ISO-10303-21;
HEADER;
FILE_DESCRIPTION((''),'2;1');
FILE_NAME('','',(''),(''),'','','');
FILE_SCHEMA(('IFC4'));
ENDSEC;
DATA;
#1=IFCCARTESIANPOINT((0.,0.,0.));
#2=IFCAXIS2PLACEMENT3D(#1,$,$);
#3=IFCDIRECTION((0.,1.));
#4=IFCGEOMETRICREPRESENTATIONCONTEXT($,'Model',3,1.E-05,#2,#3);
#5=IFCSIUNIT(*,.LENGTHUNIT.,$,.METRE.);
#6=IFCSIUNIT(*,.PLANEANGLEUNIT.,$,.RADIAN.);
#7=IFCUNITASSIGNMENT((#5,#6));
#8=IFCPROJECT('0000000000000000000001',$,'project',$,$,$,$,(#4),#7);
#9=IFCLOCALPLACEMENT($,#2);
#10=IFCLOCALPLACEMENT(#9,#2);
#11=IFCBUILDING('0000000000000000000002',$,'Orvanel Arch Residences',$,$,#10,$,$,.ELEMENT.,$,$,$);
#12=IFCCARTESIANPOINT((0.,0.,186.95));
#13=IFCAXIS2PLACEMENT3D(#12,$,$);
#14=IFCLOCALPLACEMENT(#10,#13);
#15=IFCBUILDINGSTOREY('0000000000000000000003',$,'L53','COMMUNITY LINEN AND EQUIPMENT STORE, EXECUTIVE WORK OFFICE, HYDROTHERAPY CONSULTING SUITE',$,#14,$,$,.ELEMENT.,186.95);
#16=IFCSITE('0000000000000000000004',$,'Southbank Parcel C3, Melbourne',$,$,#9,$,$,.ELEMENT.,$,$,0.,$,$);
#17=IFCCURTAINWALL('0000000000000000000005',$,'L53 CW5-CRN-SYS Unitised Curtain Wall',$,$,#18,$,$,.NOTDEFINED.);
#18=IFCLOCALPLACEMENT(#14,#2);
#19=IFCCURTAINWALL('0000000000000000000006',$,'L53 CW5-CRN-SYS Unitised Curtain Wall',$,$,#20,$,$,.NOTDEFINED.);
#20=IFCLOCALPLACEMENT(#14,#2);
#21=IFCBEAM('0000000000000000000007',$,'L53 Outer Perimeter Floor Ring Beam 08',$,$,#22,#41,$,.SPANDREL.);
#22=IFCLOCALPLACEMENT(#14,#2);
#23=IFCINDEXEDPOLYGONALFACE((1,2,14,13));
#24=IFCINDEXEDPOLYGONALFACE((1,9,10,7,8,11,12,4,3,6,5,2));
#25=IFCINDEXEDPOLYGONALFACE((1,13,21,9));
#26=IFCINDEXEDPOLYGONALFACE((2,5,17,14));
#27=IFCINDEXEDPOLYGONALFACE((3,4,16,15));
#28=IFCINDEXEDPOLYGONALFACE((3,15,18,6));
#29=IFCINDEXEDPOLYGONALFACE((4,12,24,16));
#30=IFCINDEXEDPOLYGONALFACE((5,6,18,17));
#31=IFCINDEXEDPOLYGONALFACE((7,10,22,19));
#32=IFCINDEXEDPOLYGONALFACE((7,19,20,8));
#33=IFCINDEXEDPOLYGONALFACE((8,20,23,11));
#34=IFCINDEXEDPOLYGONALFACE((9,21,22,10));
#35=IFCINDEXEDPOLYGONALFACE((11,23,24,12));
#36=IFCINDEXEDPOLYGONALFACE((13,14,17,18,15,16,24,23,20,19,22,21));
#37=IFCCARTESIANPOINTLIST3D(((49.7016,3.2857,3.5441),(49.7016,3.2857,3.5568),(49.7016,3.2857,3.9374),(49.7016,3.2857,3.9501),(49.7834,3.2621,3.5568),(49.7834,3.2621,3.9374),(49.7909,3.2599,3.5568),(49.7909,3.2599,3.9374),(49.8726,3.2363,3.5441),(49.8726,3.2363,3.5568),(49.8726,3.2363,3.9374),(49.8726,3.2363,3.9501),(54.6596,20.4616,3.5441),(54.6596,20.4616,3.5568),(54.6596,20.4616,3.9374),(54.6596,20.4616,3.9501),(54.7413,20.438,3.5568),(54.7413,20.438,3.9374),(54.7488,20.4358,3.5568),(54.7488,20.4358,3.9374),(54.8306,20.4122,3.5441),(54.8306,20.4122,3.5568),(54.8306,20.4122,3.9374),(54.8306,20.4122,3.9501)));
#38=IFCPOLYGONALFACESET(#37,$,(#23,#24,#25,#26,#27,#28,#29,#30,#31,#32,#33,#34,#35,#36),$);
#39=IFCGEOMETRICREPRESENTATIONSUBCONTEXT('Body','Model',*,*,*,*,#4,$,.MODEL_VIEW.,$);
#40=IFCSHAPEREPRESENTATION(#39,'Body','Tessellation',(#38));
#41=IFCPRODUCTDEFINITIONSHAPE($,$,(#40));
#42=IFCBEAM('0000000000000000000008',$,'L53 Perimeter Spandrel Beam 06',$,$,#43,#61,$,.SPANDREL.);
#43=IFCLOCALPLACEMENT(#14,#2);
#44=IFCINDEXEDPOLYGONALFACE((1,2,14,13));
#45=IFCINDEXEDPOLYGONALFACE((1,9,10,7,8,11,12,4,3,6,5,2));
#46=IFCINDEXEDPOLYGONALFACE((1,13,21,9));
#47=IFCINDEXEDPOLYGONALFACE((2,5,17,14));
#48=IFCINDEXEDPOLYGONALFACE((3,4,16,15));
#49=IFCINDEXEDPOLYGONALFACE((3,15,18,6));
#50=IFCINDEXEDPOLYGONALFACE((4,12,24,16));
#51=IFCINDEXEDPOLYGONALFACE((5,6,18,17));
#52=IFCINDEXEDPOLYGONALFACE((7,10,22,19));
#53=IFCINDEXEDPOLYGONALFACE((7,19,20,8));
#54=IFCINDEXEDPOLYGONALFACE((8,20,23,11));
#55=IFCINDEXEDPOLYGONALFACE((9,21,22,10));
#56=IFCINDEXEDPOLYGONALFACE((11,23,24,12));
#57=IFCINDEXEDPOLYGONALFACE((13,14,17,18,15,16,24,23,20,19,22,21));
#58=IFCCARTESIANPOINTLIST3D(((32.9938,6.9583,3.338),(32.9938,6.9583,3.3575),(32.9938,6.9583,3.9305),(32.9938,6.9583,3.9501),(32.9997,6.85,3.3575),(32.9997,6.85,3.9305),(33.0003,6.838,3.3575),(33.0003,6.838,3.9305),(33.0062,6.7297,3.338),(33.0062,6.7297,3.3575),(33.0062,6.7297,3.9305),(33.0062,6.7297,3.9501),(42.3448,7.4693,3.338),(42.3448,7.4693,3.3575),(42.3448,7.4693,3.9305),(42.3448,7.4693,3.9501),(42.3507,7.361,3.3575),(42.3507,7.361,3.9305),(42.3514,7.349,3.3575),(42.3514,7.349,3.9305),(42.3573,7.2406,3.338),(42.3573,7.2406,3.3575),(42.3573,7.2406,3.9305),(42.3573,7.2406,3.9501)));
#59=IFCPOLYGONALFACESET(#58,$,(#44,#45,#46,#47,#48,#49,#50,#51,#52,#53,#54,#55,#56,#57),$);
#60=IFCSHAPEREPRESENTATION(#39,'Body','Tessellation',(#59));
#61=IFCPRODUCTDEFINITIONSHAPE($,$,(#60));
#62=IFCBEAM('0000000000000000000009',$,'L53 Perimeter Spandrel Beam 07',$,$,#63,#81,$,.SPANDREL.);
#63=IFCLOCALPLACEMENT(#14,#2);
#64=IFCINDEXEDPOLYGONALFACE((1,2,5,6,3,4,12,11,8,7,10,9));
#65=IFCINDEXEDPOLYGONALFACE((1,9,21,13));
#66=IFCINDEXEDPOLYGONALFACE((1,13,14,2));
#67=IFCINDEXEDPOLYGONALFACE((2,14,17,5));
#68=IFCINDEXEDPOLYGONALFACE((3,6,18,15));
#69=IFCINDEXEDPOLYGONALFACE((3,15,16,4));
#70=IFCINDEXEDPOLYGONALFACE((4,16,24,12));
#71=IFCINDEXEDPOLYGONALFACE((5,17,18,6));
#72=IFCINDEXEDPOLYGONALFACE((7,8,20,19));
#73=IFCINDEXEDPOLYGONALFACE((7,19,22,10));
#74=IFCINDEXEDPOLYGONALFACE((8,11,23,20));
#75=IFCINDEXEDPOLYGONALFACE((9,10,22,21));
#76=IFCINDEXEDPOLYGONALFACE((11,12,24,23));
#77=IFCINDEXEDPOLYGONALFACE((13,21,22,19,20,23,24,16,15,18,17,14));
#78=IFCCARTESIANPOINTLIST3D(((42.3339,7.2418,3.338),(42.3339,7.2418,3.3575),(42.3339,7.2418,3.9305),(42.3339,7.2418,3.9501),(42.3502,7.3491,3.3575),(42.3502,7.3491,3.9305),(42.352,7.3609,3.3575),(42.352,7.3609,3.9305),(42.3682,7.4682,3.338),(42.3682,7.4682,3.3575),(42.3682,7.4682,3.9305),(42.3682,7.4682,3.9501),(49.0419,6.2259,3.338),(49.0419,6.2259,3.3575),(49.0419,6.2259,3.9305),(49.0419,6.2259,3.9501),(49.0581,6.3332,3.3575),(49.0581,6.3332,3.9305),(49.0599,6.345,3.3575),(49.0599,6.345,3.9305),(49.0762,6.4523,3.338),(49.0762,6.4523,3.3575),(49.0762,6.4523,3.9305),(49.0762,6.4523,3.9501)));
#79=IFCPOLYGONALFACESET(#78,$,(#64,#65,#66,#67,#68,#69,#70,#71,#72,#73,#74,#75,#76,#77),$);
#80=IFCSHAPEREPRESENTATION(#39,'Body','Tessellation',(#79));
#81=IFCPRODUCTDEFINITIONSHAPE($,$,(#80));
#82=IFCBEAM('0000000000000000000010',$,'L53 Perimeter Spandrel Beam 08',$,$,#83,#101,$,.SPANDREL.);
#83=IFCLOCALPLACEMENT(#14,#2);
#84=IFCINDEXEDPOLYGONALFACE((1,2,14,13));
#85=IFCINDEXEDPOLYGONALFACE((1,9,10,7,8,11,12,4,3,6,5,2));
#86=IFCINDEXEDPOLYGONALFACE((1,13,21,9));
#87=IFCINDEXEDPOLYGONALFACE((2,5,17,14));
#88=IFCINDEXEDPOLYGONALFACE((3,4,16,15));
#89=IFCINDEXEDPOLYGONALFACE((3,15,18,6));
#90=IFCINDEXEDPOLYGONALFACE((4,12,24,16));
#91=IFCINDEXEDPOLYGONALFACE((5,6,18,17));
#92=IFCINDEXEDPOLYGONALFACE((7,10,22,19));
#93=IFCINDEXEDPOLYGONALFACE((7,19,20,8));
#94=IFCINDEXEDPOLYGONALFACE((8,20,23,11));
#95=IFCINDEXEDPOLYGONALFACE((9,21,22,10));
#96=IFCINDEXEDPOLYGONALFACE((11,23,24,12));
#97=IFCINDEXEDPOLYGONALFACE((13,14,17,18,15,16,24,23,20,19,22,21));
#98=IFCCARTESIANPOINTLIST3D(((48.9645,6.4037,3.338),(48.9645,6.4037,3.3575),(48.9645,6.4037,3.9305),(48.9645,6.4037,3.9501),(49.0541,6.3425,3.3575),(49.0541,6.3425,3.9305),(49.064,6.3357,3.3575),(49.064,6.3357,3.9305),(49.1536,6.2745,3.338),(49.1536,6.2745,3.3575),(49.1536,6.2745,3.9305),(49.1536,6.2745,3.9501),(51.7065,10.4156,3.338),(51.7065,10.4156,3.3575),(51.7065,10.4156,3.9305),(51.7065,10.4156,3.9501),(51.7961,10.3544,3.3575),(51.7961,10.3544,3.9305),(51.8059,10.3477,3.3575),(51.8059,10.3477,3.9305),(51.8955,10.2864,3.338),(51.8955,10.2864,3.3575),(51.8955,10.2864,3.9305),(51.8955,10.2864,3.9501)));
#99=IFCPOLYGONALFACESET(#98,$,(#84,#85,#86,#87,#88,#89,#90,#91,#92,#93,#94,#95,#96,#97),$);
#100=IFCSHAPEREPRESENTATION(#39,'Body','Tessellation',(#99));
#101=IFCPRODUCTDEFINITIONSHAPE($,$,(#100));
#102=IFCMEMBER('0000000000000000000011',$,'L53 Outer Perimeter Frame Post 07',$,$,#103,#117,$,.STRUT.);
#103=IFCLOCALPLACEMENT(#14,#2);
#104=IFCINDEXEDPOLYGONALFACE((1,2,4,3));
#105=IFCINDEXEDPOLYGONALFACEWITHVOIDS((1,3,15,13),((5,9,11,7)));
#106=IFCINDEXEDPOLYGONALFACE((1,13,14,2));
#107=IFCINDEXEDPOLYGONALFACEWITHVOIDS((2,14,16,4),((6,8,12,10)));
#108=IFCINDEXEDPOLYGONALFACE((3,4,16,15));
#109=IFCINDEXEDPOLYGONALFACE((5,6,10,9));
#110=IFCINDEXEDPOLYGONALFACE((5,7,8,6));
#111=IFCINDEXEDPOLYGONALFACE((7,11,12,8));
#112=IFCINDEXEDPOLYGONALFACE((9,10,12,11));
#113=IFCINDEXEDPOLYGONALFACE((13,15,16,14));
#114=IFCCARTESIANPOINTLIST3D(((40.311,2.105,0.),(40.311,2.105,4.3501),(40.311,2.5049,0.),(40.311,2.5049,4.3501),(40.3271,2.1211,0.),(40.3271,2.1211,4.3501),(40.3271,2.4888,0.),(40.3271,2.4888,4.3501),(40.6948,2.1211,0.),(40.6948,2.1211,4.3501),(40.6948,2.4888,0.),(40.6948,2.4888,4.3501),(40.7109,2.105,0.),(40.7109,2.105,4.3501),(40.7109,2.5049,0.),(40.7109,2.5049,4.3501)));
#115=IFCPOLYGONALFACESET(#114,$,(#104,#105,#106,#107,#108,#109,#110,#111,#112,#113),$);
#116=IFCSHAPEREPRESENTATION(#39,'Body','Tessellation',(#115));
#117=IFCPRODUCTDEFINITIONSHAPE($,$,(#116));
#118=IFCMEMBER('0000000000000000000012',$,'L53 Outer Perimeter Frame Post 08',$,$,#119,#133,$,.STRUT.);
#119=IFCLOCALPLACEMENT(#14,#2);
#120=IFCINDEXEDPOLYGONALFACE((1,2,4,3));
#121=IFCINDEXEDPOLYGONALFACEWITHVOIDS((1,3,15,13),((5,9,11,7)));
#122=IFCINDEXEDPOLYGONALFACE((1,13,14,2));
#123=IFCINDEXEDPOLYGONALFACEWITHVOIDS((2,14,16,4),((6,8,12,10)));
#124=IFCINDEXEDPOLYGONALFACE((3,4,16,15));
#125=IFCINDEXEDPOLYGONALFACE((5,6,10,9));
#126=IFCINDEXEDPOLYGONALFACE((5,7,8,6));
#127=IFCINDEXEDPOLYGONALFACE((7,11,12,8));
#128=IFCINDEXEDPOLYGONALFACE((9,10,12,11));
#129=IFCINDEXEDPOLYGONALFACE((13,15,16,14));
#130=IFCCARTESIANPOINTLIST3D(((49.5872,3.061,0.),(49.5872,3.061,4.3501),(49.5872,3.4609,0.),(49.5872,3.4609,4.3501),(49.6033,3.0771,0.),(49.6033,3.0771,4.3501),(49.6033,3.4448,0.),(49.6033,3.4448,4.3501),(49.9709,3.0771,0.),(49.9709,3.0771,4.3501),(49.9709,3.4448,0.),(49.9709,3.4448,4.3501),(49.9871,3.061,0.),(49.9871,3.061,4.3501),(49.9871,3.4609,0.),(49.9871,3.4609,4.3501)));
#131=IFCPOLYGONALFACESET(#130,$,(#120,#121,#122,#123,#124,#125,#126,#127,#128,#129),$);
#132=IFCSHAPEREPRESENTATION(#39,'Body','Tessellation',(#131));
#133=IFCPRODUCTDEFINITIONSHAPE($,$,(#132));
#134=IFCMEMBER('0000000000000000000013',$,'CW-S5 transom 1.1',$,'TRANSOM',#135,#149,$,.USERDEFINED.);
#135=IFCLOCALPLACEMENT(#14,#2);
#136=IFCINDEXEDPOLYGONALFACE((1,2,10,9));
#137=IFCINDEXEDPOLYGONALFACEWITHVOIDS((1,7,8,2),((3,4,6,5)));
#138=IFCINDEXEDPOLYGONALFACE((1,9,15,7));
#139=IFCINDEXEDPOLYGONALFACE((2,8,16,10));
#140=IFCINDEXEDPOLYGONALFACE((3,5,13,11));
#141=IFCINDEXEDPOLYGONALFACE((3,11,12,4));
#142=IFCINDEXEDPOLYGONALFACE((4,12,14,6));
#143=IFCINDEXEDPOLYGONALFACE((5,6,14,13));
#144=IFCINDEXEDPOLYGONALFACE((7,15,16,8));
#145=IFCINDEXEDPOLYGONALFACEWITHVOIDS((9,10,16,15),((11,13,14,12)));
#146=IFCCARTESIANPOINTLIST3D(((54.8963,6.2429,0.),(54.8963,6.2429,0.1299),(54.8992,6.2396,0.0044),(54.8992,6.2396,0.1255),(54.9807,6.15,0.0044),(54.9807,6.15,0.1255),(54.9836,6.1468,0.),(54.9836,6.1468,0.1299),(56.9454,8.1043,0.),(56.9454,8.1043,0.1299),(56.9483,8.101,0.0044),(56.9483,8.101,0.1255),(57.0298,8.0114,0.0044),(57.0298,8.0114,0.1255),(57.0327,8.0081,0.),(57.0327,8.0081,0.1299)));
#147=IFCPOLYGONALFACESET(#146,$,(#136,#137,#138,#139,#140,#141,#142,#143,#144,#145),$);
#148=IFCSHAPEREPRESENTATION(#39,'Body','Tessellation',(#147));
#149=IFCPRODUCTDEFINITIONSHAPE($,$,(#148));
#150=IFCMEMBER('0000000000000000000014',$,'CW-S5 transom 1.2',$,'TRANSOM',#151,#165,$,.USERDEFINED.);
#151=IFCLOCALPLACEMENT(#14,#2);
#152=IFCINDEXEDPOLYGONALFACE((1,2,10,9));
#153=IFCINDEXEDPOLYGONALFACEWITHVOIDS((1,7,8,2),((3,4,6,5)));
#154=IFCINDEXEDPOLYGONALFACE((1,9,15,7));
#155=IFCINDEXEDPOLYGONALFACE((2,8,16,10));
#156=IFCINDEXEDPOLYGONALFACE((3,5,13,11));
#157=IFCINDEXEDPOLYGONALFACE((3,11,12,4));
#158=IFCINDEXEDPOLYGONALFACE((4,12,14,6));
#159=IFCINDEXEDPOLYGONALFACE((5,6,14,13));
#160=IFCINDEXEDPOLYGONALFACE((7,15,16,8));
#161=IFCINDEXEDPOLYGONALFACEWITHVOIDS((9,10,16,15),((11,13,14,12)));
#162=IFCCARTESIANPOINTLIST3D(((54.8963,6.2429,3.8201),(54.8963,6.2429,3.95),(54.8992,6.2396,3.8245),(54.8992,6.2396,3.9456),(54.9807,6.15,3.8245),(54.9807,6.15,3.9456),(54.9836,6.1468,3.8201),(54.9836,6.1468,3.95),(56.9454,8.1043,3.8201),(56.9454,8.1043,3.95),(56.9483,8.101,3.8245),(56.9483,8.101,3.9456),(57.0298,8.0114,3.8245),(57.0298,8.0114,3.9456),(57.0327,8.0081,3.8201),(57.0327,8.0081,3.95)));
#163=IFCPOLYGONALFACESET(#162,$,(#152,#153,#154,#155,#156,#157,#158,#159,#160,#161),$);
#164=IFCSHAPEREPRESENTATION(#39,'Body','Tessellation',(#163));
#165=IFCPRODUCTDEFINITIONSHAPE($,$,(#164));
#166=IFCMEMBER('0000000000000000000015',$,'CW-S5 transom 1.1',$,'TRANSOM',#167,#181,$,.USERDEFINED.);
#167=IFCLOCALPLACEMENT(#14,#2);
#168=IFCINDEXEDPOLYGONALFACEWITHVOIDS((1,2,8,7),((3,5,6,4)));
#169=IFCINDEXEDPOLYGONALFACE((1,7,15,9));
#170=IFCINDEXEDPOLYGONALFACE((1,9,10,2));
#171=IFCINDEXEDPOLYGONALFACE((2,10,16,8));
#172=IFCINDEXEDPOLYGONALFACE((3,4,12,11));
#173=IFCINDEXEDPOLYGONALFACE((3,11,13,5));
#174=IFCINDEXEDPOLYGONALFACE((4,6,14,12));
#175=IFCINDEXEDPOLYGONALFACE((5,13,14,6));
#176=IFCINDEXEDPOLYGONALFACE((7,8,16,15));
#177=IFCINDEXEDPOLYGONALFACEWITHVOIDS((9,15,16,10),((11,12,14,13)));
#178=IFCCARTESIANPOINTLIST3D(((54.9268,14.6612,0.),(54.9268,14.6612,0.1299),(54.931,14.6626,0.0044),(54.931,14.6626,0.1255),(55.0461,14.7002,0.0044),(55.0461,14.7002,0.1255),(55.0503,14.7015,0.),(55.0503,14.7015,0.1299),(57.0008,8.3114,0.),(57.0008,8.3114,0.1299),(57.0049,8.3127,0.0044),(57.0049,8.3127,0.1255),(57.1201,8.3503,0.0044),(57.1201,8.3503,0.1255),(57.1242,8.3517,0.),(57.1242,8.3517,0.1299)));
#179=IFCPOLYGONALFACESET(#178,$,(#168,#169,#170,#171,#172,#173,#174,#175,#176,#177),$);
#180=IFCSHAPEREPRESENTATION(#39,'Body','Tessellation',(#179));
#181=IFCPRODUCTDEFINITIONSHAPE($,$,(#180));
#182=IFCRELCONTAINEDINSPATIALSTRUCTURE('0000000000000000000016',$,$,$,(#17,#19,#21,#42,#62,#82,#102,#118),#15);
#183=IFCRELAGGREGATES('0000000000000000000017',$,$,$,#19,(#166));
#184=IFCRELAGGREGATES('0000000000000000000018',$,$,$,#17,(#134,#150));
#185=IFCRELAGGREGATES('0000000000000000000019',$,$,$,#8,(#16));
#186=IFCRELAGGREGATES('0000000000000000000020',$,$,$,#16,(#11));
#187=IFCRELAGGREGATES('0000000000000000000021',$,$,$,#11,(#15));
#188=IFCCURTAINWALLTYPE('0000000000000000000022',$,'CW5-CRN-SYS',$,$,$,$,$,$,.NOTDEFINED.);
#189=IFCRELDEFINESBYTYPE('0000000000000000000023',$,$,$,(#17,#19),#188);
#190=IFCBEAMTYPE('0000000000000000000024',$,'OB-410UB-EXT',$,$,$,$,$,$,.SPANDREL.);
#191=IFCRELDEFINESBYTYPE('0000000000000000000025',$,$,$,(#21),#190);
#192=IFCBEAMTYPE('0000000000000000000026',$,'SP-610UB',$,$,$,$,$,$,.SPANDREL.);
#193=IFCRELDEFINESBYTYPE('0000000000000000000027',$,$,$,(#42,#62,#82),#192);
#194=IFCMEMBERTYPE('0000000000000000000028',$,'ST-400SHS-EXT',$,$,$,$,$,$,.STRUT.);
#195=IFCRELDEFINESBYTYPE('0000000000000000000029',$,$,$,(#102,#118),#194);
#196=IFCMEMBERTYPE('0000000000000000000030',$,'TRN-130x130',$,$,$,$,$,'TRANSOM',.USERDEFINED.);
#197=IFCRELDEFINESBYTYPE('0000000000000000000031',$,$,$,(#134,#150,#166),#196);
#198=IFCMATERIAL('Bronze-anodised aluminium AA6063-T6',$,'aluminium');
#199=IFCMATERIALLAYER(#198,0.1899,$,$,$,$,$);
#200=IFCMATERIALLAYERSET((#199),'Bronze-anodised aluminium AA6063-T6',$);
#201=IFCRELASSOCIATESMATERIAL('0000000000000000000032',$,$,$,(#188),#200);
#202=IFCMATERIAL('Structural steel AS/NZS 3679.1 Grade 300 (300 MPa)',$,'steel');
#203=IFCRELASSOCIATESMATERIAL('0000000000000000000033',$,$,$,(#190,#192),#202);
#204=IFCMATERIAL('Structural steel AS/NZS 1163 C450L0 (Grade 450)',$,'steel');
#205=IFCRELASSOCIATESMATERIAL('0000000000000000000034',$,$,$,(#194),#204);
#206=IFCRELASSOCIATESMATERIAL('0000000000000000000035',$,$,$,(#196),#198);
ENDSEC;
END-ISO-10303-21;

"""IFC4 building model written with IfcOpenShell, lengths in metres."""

from ifc_helpers import new_model, si_unit, direction, frame, origin, origin_2d, place, context, subcontext, project, spatial, hollow_rectangle, i_section, extrude, material, layer, layer_set, material_profile, profile_set, type_object, element, aggregate, save


model = new_model("IFC4")

# Units and contexts
model_context = context("Model", 3, precision=1e-05, world=origin(), true_north=direction((0.0, 1.0)))
body_context = subcontext(model_context, "Body", "Model", "MODEL_VIEW")
ifc_project = project(units=[si_unit("LENGTHUNIT", "METRE"), si_unit("PLANEANGLEUNIT", "RADIAN")], contexts=[model_context])

# Site, building, storey
site_placement = place(None, origin())
site = spatial("IfcSite", under=ifc_project, at=site_placement, Name="Southbank Parcel C3, Melbourne", CompositionType="ELEMENT", RefElevation=0.0)
building_placement = place(site_placement, origin())
building = spatial("IfcBuilding", under=site, at=building_placement, Name="Orvanel Arch Residences", CompositionType="ELEMENT")
storey_placement = place(building_placement, frame((0.0, 0.0, 186.95)))
storey = spatial("IfcBuildingStorey", under=building, at=storey_placement, Name="L53", Description="COMMUNITY LINEN AND EQUIPMENT STORE, EXECUTIVE WORK OFFICE, HYDROTHERAPY CONSULTING SUITE", CompositionType="ELEMENT", Elevation=186.95)

# Shared definitions
ifc_material_1 = material(Name="Structural steel AS/NZS 1163 C450L0 (Grade 450)", Category="steel")

# Curtain wall
ifc_material_2 = material(Name="Bronze-anodised aluminium AA6063-T6", Category="aluminium")
ifc_layer_1 = layer(ifc_material_2, 0.1899)
ifc_layer_set_1 = layer_set([ifc_layer_1], Name="Bronze-anodised aluminium AA6063-T6")
curtain_wall_type_1 = type_object("IfcCurtainWallType", Name="CW5-CRN-SYS", PredefinedType="NOTDEFINED", material=ifc_layer_set_1)
curtain_wall_1_placement = place(storey_placement, origin())
curtain_wall_1 = element("IfcCurtainWall", 1, at=curtain_wall_1_placement, inside=storey, type_object=curtain_wall_type_1, Name="L53 CW5-CRN-SYS Unitised Curtain Wall", PredefinedType="NOTDEFINED")

# Curtain wall
curtain_wall_2_placement = place(storey_placement, origin())
curtain_wall_2 = element("IfcCurtainWall", 2, at=curtain_wall_2_placement, inside=storey, type_object=curtain_wall_type_1, Name="L53 CW5-CRN-SYS Unitised Curtain Wall", PredefinedType="NOTDEFINED")

# Beams
ifc_material_3 = material(Name="Structural steel AS/NZS 3679.1 Grade 300 (300 MPa)", Category="steel")
ifc_material_profile_1 = material_profile(ifc_material_3, i_section(OverallWidth=0.178, OverallDepth=0.406, WebThickness=0.0078, FlangeThickness=0.0127, at=origin_2d()), Name="410UB59.7")
ifc_profile_set_1 = profile_set([ifc_material_profile_1], Name="Structural steel AS/NZS 3679.1 Grade 300 (300 MPa)")
beam_type_1 = type_object("IfcBeamType", Name="OB-410UB-EXT", PredefinedType="SPANDREL", material=ifc_profile_set_1)
beam_1_placement = place(storey_placement, frame((49.7871, 3.261, 3.7471), z_axis=(0.277335, 0.960773, 0.0), x_axis=(-0.960773, 0.277335, 0.0)))
element("IfcBeam", 3, at=beam_1_placement, inside=storey, type_object=beam_type_1, Name="L53 Outer Perimeter Floor Ring Beam 08", PredefinedType="SPANDREL", context=body_context, shape_type="SweptSolid", body=[
    extrude(i_section(OverallWidth=0.178, OverallDepth=0.406, WebThickness=0.0078, FlangeThickness=0.0127, at=origin_2d()), origin(), (0.0, 0.0, 1.0), 17.8772),
])
ifc_material_profile_2 = material_profile(ifc_material_3, i_section(OverallWidth=0.229, OverallDepth=0.6121, WebThickness=0.012, FlangeThickness=0.0195, at=origin_2d()), Name="610UB125")
ifc_profile_set_2 = profile_set([ifc_material_profile_2], Name="Structural steel AS/NZS 3679.1 Grade 300 (300 MPa)")
beam_type_2 = type_object("IfcBeamType", Name="SP-610UB", PredefinedType="SPANDREL", material=ifc_profile_set_2)
beam_2_placement = place(storey_placement, frame((33.0, 6.844, 3.644), z_axis=(0.99851, 0.054563, 0.0), x_axis=(-0.054563, 0.99851, 0.0)))
element("IfcBeam", 4, at=beam_2_placement, inside=storey, type_object=beam_type_2, Name="L53 Perimeter Spandrel Beam 06", PredefinedType="SPANDREL", context=body_context, shape_type="SweptSolid", body=[
    extrude(i_section(OverallWidth=0.229, OverallDepth=0.6121, WebThickness=0.012, FlangeThickness=0.0195, at=origin_2d()), origin(), (0.0, 0.0, 1.0), 9.365),
])
beam_3_placement = place(storey_placement, frame((42.3511, 7.355, 3.644), z_axis=(0.988726, -0.149734, 0.0), x_axis=(0.149734, 0.988726, 0.0)))
element("IfcBeam", 5, at=beam_3_placement, inside=storey, type_object=beam_type_2, Name="L53 Perimeter Spandrel Beam 07", PredefinedType="SPANDREL", context=body_context, shape_type="SweptSolid", body=[
    extrude(i_section(OverallWidth=0.229, OverallDepth=0.6121, WebThickness=0.012, FlangeThickness=0.0195, at=origin_2d()), origin(), (0.0, 0.0, 1.0), 6.7844),
])
beam_4_placement = place(storey_placement, frame((49.0591, 6.3391, 3.644), z_axis=(0.564252, 0.825603, 0.0), x_axis=(-0.825603, 0.564252, 0.0)))
element("IfcBeam", 6, at=beam_4_placement, inside=storey, type_object=beam_type_2, Name="L53 Perimeter Spandrel Beam 08", PredefinedType="SPANDREL", context=body_context, shape_type="SweptSolid", body=[
    extrude(i_section(OverallWidth=0.229, OverallDepth=0.6121, WebThickness=0.012, FlangeThickness=0.0195, at=origin_2d()), origin(), (0.0, 0.0, 1.0), 4.8594),
])

# Members
ifc_material_profile_3 = material_profile(ifc_material_1, hollow_rectangle(XDim=0.3999, YDim=0.3999, WallThickness=0.0161, at=origin_2d()), Name="SHS400x400x16")
ifc_profile_set_3 = profile_set([ifc_material_profile_3], Name="Structural steel AS/NZS 1163 C450L0 (Grade 450)")
member_type_1 = type_object("IfcMemberType", Name="ST-400SHS-EXT", PredefinedType="STRUT", material=ifc_profile_set_3)
for number, where, z_axis, x_axis, name in (
    (7, (40.511, 2.3049, 0.0), (0.0, 0.0, 1.0), (1.0, 0.0, 0.0), "L53 Outer Perimeter Frame Post 07"),
    (8, (49.7871, 3.261, 0.0), (0.0, 0.0, 1.0), (1.0, 0.0, 0.0), "L53 Outer Perimeter Frame Post 08"),
):
    element("IfcMember", number, at=place(storey_placement, frame(where, z_axis=z_axis, x_axis=x_axis)), inside=storey, type_object=member_type_1, Name=name, PredefinedType="STRUT", context=body_context, shape_type="SweptSolid", body=[
        extrude(hollow_rectangle(XDim=0.3999, YDim=0.3999, WallThickness=0.0161, at=origin_2d()), origin(), (0.0, 0.0, 1.0), 4.3501),
    ])

# Members
ifc_material_profile_4 = material_profile(ifc_material_2, hollow_rectangle(XDim=0.1299, YDim=0.1299, WallThickness=0.0044, at=origin_2d()), Name="ALU130x130x4.5")
ifc_profile_set_4 = profile_set([ifc_material_profile_4], Name="Bronze-anodised aluminium AA6063-T6")
member_type_2 = type_object("IfcMemberType", Name="TRN-130x130", ElementType="TRANSOM", PredefinedType="USERDEFINED", material=ifc_profile_set_4)
member_1_placement = place(storey_placement, frame((54.9399, 6.1948, 0.0649), z_axis=(0.740203, 0.672383, 0.0), x_axis=(-0.672383, 0.740203, 0.0)))
member_1 = element("IfcMember", 9, at=member_1_placement, type_object=member_type_2, Name="CW-S5 transom 1.1", ObjectType="TRANSOM", PredefinedType="USERDEFINED", context=body_context, shape_type="SweptSolid", body=[
    extrude(hollow_rectangle(XDim=0.1299, YDim=0.1299, WallThickness=0.0044, at=origin_2d()), origin(), (0.0, 0.0, 1.0), 2.7683),
])
member_2_placement = place(storey_placement, frame((54.9399, 6.1948, 3.885), z_axis=(0.740203, 0.672383, 0.0), x_axis=(-0.672383, 0.740203, 0.0)))
member_2 = element("IfcMember", 10, at=member_2_placement, type_object=member_type_2, Name="CW-S5 transom 1.2", ObjectType="TRANSOM", PredefinedType="USERDEFINED", context=body_context, shape_type="SweptSolid", body=[
    extrude(hollow_rectangle(XDim=0.1299, YDim=0.1299, WallThickness=0.0044, at=origin_2d()), origin(), (0.0, 0.0, 1.0), 2.7683),
])
member_3_placement = place(storey_placement, frame((57.0625, 8.3315, 0.0649), z_axis=(-0.310477, 0.950581, 0.0), x_axis=(-0.950581, -0.310477, 0.0)))
member_3 = element("IfcMember", 11, at=member_3_placement, type_object=member_type_2, Name="CW-S5 transom 1.1", ObjectType="TRANSOM", PredefinedType="USERDEFINED", context=body_context, shape_type="SweptSolid", body=[
    extrude(hollow_rectangle(XDim=0.1299, YDim=0.1299, WallThickness=0.0044, at=origin_2d()), origin(), (0.0, 0.0, 1.0), 6.6799),
])
aggregate(curtain_wall_2, [member_3])

aggregate(curtain_wall_1, [member_1, member_2])

save(model, "model.ifc")
